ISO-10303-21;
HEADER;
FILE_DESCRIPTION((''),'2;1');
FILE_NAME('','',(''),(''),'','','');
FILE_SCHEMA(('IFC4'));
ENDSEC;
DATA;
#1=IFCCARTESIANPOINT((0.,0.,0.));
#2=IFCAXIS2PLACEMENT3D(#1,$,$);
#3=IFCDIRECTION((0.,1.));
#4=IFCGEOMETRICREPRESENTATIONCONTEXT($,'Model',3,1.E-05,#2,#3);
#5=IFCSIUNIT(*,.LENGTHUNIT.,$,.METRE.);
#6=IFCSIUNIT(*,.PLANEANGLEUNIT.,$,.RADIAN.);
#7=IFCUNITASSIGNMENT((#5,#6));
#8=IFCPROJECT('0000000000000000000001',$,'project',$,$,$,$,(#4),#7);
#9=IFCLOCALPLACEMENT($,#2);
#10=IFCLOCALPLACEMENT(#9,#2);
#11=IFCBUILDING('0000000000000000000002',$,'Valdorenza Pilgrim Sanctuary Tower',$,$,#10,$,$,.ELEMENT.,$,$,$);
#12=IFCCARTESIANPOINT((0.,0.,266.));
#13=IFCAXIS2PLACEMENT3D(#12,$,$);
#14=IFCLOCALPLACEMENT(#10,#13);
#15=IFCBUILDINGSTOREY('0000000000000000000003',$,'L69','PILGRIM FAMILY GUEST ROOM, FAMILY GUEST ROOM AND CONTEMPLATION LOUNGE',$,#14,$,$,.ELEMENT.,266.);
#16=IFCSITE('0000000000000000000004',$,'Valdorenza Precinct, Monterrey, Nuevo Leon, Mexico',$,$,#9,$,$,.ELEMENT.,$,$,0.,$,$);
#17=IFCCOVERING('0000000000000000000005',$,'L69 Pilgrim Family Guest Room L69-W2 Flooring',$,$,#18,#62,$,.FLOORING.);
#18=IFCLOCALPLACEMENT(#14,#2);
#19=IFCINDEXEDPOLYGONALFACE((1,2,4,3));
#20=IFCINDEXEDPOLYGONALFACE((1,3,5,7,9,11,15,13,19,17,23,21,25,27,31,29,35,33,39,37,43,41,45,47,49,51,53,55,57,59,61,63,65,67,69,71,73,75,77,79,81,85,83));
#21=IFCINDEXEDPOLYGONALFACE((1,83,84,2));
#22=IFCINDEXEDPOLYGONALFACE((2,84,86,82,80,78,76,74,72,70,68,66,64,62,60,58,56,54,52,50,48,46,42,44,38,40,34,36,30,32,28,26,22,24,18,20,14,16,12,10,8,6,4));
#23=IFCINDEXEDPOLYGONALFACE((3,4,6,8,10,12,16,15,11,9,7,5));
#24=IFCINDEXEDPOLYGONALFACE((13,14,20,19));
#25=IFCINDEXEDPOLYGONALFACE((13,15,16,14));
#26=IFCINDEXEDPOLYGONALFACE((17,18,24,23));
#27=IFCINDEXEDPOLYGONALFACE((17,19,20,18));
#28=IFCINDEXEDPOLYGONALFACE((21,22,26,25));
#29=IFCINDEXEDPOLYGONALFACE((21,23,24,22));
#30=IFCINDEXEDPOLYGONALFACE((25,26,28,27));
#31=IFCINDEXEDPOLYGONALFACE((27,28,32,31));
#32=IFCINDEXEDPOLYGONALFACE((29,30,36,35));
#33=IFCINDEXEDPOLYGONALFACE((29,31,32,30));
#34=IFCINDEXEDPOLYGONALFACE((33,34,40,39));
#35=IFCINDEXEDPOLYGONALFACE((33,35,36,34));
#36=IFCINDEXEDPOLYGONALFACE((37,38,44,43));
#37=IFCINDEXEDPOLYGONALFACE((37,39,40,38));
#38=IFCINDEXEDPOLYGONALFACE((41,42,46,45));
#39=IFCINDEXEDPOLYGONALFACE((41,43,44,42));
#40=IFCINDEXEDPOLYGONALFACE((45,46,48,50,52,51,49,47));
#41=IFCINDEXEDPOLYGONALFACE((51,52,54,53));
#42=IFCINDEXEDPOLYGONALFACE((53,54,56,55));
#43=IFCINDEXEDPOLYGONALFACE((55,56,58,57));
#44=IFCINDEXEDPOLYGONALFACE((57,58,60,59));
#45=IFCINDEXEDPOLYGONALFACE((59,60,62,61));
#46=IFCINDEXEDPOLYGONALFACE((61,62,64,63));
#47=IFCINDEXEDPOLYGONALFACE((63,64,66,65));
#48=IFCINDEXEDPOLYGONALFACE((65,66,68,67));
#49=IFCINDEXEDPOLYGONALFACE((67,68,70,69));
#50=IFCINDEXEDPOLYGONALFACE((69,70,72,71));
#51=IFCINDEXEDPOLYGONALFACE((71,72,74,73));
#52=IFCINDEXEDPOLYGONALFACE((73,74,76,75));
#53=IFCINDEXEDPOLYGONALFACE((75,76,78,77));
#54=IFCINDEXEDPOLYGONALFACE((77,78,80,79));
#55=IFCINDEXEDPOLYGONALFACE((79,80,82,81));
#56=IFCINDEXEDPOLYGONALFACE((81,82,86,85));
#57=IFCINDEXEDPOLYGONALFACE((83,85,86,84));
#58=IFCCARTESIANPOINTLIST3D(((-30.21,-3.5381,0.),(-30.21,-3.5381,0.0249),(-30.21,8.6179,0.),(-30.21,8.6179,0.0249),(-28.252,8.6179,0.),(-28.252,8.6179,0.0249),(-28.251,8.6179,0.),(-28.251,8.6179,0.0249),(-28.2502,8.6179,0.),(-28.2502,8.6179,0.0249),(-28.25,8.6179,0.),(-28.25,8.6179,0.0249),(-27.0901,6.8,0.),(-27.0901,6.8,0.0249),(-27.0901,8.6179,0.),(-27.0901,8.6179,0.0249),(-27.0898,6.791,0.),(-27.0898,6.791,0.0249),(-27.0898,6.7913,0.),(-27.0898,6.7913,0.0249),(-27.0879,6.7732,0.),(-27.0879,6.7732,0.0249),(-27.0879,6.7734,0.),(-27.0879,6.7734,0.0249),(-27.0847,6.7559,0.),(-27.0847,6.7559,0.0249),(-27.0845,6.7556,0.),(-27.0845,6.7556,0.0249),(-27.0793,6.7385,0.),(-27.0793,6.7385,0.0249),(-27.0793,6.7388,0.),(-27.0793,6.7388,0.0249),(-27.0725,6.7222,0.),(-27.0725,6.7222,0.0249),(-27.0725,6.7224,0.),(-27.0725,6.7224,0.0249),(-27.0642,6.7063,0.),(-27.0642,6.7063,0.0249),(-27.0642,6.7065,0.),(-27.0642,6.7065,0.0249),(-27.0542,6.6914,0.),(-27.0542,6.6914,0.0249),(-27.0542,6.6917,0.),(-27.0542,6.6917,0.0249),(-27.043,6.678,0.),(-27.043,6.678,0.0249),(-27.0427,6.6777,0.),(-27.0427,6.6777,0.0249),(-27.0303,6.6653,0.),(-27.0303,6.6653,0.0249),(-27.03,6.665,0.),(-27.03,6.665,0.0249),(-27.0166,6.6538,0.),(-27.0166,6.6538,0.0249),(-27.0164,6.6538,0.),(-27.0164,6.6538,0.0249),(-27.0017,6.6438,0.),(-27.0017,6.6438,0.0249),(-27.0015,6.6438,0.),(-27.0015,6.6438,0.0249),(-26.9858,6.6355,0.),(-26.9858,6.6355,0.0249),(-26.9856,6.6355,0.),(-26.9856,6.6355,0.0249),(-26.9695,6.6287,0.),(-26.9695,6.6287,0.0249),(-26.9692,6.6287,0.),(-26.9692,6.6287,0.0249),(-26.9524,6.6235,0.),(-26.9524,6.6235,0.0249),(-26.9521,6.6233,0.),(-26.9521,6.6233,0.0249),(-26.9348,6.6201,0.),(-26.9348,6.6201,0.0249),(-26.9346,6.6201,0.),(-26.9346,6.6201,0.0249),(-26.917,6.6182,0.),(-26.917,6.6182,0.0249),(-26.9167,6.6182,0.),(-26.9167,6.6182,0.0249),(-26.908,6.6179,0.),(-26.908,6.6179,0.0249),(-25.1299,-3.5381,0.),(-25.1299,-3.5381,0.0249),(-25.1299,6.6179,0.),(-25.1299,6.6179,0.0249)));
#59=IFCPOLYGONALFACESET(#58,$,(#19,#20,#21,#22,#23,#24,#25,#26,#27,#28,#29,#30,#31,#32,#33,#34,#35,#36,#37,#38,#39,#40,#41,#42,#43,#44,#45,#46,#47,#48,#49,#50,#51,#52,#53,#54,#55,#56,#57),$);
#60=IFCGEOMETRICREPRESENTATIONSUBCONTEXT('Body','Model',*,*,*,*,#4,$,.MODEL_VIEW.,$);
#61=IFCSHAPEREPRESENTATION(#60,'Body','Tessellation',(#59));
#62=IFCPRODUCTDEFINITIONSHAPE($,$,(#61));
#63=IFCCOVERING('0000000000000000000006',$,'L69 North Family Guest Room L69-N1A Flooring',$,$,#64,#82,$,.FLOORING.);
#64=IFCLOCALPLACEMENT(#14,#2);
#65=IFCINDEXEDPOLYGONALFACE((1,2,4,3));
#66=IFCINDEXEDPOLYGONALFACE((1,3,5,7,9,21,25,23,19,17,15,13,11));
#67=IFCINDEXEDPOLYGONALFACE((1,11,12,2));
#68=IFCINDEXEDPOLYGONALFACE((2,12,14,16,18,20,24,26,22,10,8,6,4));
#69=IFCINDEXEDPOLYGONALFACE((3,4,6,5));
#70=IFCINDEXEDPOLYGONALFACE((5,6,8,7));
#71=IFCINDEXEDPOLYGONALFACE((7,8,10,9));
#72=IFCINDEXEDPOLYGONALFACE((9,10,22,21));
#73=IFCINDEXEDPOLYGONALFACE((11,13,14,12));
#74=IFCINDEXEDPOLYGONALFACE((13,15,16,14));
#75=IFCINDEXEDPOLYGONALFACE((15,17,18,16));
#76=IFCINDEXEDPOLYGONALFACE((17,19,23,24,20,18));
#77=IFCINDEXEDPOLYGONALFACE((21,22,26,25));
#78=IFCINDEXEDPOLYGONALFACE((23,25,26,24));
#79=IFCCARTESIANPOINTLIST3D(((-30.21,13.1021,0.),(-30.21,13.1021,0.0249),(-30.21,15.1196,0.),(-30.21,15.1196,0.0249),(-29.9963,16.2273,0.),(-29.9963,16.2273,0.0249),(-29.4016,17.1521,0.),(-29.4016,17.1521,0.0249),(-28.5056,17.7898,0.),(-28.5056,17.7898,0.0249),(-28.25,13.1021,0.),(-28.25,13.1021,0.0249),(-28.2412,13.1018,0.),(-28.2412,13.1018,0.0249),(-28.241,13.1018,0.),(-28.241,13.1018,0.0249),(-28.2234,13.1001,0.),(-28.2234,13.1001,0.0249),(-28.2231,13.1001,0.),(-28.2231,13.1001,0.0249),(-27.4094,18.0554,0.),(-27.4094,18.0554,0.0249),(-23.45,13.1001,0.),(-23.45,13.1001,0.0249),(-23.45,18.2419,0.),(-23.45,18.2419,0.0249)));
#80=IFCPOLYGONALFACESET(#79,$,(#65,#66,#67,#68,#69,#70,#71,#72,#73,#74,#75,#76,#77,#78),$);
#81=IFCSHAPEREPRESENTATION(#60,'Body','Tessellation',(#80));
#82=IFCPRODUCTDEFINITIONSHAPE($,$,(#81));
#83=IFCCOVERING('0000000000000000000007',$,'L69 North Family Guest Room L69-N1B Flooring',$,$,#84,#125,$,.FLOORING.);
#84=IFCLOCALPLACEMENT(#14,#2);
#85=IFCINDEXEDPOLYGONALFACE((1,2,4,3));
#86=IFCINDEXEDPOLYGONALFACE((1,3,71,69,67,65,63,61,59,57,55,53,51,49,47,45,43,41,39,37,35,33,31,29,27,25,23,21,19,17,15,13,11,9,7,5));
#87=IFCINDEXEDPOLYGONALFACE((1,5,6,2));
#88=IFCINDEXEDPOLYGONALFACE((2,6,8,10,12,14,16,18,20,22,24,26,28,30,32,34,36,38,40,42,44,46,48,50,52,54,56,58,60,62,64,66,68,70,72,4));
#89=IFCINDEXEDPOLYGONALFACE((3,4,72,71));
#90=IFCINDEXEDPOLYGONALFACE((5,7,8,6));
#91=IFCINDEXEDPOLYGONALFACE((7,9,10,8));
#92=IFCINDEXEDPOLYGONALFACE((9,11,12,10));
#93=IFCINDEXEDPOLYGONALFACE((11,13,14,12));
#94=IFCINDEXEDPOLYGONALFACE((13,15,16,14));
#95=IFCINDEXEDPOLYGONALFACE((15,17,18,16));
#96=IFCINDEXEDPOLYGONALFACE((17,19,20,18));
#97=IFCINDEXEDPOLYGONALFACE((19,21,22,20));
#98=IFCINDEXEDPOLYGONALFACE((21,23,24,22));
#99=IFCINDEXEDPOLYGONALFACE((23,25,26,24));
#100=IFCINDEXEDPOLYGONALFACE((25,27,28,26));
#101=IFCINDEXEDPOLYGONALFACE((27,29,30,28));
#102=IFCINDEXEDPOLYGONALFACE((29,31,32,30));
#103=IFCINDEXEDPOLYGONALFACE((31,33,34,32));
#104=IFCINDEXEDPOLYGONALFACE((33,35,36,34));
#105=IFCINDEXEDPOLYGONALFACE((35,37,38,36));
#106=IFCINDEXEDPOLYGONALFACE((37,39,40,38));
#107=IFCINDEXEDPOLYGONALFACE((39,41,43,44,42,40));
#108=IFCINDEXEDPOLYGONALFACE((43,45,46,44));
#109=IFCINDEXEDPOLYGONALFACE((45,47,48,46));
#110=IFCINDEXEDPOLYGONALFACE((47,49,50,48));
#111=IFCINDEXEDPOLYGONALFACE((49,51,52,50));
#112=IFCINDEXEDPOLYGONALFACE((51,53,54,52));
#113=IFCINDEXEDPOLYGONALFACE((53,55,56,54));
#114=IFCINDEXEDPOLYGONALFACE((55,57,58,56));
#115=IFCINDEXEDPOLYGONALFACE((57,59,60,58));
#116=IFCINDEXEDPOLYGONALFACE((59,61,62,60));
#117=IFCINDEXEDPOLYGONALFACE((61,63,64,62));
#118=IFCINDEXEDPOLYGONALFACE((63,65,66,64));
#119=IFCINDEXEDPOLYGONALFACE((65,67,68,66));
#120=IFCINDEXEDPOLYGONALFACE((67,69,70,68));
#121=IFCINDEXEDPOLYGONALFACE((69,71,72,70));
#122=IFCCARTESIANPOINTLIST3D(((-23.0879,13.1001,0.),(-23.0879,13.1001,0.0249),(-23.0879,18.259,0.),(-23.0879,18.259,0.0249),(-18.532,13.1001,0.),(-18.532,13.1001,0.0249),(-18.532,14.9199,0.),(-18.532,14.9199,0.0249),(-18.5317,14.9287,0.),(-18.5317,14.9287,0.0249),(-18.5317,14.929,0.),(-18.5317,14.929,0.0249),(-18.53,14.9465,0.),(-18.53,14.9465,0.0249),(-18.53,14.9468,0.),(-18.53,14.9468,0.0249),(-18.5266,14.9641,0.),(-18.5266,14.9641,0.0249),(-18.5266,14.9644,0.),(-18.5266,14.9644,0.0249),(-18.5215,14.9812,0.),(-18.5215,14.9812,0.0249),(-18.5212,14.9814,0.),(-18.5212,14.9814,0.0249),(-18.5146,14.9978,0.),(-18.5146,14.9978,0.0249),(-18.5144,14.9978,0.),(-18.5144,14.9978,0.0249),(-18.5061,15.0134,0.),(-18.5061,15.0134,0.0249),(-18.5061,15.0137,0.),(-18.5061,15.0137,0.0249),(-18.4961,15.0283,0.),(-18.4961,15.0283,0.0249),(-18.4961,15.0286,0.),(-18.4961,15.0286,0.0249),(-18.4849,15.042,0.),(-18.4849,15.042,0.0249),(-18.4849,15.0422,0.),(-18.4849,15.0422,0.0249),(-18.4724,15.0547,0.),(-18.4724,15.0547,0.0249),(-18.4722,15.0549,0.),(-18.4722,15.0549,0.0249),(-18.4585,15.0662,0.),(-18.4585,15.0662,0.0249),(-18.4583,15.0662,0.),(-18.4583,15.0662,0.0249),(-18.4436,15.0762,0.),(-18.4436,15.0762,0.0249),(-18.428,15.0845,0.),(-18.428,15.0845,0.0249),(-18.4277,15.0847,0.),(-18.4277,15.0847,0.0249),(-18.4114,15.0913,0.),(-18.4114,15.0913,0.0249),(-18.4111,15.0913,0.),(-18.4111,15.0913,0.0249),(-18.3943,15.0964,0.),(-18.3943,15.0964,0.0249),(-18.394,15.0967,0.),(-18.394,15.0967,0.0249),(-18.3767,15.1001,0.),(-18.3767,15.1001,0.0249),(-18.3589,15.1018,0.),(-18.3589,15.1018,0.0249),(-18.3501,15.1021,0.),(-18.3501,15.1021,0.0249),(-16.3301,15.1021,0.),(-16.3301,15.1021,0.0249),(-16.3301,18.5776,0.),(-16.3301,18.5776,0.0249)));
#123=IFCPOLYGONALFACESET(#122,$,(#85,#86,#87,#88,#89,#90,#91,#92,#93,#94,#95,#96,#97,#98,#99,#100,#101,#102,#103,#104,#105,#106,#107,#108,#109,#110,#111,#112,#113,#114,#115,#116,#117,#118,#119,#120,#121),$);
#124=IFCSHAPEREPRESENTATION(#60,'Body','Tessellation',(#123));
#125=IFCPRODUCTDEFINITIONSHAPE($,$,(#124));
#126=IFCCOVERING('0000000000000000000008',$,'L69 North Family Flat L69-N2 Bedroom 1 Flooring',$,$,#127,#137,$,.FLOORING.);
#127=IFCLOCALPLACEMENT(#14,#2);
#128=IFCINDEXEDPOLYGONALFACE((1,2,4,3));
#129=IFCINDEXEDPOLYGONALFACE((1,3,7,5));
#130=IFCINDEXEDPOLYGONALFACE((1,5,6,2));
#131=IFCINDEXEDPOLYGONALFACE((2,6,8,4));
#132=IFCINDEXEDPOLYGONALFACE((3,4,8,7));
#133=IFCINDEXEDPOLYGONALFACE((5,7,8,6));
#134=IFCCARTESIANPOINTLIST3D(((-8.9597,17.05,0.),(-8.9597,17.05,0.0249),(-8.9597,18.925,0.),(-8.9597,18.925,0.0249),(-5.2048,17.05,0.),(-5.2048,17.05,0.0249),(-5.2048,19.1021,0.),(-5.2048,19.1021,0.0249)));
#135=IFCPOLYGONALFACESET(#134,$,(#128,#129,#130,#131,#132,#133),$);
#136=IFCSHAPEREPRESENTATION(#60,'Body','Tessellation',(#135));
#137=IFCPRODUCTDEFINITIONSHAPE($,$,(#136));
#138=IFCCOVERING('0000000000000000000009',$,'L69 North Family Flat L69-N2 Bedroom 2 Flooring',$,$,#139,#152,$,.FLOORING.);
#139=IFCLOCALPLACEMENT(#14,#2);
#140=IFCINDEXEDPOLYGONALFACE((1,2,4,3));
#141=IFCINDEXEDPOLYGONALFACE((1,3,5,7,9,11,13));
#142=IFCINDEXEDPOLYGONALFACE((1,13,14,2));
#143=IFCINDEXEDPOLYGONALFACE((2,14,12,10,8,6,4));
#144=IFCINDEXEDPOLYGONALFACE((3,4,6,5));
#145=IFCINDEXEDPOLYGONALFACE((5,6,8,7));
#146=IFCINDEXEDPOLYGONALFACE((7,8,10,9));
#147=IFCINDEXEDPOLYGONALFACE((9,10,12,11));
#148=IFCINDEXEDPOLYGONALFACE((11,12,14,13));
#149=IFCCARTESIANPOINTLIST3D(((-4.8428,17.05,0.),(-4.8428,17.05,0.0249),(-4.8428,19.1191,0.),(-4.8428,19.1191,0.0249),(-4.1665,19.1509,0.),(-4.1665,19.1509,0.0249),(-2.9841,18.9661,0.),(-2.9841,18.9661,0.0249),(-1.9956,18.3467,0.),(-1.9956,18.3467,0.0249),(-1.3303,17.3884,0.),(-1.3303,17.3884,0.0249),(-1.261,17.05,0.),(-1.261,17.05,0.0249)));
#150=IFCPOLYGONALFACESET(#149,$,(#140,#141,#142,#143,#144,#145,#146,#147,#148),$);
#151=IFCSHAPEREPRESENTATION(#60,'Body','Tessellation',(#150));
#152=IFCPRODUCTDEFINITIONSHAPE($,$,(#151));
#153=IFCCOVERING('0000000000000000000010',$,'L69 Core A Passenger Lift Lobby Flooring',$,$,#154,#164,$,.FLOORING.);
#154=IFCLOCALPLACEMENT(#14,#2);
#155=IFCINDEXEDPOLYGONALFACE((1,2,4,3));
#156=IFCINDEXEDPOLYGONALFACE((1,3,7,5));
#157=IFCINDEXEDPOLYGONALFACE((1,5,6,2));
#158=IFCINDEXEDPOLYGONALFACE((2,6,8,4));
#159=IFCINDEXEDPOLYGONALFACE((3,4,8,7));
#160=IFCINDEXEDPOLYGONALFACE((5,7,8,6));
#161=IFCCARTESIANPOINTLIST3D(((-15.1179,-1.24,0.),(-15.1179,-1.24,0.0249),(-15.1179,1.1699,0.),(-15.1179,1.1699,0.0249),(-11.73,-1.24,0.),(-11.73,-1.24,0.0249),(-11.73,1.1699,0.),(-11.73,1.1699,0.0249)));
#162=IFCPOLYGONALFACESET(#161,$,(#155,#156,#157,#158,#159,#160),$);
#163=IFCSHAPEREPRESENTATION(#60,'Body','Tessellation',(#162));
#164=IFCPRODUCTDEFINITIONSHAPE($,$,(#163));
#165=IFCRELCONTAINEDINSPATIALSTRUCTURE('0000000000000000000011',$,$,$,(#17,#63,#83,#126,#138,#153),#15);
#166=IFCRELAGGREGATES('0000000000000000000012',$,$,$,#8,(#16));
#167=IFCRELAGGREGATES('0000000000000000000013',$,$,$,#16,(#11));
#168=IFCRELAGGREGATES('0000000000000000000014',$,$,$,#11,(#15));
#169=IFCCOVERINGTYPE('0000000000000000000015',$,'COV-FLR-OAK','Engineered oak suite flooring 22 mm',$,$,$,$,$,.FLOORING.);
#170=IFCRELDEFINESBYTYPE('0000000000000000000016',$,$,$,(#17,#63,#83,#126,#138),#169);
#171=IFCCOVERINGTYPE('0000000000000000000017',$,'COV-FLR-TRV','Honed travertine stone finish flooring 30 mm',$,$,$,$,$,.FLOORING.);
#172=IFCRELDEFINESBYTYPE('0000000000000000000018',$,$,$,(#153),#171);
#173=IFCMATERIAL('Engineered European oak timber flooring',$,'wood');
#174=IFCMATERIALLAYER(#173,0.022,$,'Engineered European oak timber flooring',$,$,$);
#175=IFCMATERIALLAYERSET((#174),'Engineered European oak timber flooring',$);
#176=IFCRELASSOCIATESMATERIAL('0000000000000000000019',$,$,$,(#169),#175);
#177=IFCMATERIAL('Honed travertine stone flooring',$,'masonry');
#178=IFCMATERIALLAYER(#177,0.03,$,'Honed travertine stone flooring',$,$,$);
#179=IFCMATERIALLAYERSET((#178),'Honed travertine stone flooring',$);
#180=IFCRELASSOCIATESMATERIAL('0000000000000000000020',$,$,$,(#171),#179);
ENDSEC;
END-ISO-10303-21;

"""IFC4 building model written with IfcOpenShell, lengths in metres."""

from ifc_helpers import new_model, si_unit, direction, frame, origin, place, context, subcontext, project, spatial, polyline, outline, extrude, material, layer, layer_set, type_object, element, save


model = new_model("IFC4")

# Units and contexts
model_context = context("Model", 3, precision=1e-05, world=origin(), true_north=direction((0.0, 1.0)))
body_context = subcontext(model_context, "Body", "Model", "MODEL_VIEW")
ifc_project = project(units=[si_unit("LENGTHUNIT", "METRE"), si_unit("PLANEANGLEUNIT", "RADIAN")], contexts=[model_context])

# Site, building, storey
site_placement = place(None, origin())
site = spatial("IfcSite", under=ifc_project, at=site_placement, Name="Valdorenza Precinct, Monterrey, Nuevo Leon, Mexico", CompositionType="ELEMENT", RefElevation=0.0)
building_placement = place(site_placement, origin())
building = spatial("IfcBuilding", under=site, at=building_placement, Name="Valdorenza Pilgrim Sanctuary Tower", CompositionType="ELEMENT")
storey_placement = place(building_placement, frame((0.0, 0.0, 266.0)))
storey = spatial("IfcBuildingStorey", under=building, at=storey_placement, Name="L69", Description="PILGRIM FAMILY GUEST ROOM, FAMILY GUEST ROOM AND CONTEMPLATION LOUNGE", CompositionType="ELEMENT", Elevation=266.0)

# Coverings
ifc_material_1 = material(Name="Engineered European oak timber flooring", Category="wood")
ifc_layer_1 = layer(ifc_material_1, 0.022, Name="Engineered European oak timber flooring")
ifc_layer_set_1 = layer_set([ifc_layer_1], Name="Engineered European oak timber flooring")
covering_type_1 = type_object("IfcCoveringType", Name="COV-FLR-OAK", Description="Engineered oak suite flooring 22 mm", PredefinedType="FLOORING", material=ifc_layer_set_1)
covering_1_placement = place(storey_placement, origin())
element("IfcCovering", 1, at=covering_1_placement, inside=storey, type_object=covering_type_1, Name="L69 Pilgrim Family Guest Room L69-W2 Flooring", PredefinedType="FLOORING", context=body_context, shape_type="SweptSolid", body=[
    extrude(outline(polyline([(-30.21, 8.6179), (-28.252, 8.6179), (-28.251, 8.6179), (-28.2502, 8.6179), (-28.25, 8.6179), (-27.0901, 8.6179), (-27.0901, 6.8), (-27.0898, 6.7913), (-27.0898, 6.791), (-27.0879, 6.7734), (-27.0879, 6.7732), (-27.0847, 6.7559), (-27.0845, 6.7556), (-27.0793, 6.7388), (-27.0793, 6.7385), (-27.0725, 6.7224), (-27.0725, 6.7222), (-27.0642, 6.7065), (-27.0642, 6.7063), (-27.0542, 6.6917), (-27.0542, 6.6914), (-27.043, 6.678), (-27.0427, 6.6777), (-27.0303, 6.6653), (-27.03, 6.665), (-27.0166, 6.6538), (-27.0164, 6.6538), (-27.0017, 6.6438), (-27.0015, 6.6438), (-26.9858, 6.6355), (-26.9856, 6.6355), (-26.9695, 6.6287), (-26.9692, 6.6287), (-26.9524, 6.6235), (-26.9521, 6.6233), (-26.9348, 6.6201), (-26.9346, 6.6201), (-26.917, 6.6182), (-26.9167, 6.6182), (-26.908, 6.6179), (-25.1299, 6.6179), (-25.1299, -3.5381), (-30.21, -3.5381), (-30.21, 8.6179)])), origin(), (0.0, 0.0, 1.0), 0.0249),
])
covering_2_placement = place(storey_placement, origin())
element("IfcCovering", 2, at=covering_2_placement, inside=storey, type_object=covering_type_1, Name="L69 North Family Guest Room L69-N1A Flooring", PredefinedType="FLOORING", context=body_context, shape_type="SweptSolid", body=[
    extrude(outline(polyline([(-29.9963, 16.2273), (-29.4016, 17.1521), (-28.5056, 17.7898), (-27.4094, 18.0554), (-23.45, 18.2419), (-23.45, 13.1001), (-28.2231, 13.1001), (-28.2231, 13.1001), (-28.2234, 13.1001), (-28.241, 13.1018), (-28.2412, 13.1018), (-28.25, 13.1021), (-30.21, 13.1021), (-30.21, 15.1196), (-29.9963, 16.2273)])), origin(), (0.0, 0.0, 1.0), 0.0249),
])
covering_3_placement = place(storey_placement, origin())
element("IfcCovering", 3, at=covering_3_placement, inside=storey, type_object=covering_type_1, Name="L69 North Family Guest Room L69-N1B Flooring", PredefinedType="FLOORING", context=body_context, shape_type="SweptSolid", body=[
    extrude(outline(polyline([(-16.3301, 18.5776), (-16.3301, 15.1021), (-18.3501, 15.1021), (-18.3589, 15.1018), (-18.3589, 15.1018), (-18.3767, 15.1001), (-18.3767, 15.1001), (-18.394, 15.0967), (-18.3943, 15.0964), (-18.4111, 15.0913), (-18.4114, 15.0913), (-18.4277, 15.0847), (-18.428, 15.0845), (-18.4436, 15.0762), (-18.4436, 15.0762), (-18.4583, 15.0662), (-18.4585, 15.0662), (-18.4722, 15.0549), (-18.4724, 15.0547), (-18.4849, 15.0422), (-18.4849, 15.042), (-18.4961, 15.0286), (-18.4961, 15.0283), (-18.5061, 15.0137), (-18.5061, 15.0134), (-18.5144, 14.9978), (-18.5146, 14.9978), (-18.5212, 14.9814), (-18.5215, 14.9812), (-18.5266, 14.9644), (-18.5266, 14.9641), (-18.53, 14.9468), (-18.53, 14.9465), (-18.5317, 14.929), (-18.5317, 14.9287), (-18.532, 14.9199), (-18.532, 13.1001), (-23.0879, 13.1001), (-23.0879, 18.259), (-16.3301, 18.5776)])), origin(), (0.0, 0.0, 1.0), 0.0249),
])
covering_4_placement = place(storey_placement, origin())
element("IfcCovering", 4, at=covering_4_placement, inside=storey, type_object=covering_type_1, Name="L69 North Family Flat L69-N2 Bedroom 1 Flooring", PredefinedType="FLOORING", context=body_context, shape_type="SweptSolid", body=[
    extrude(outline(polyline([(-8.9597, 17.05), (-8.9597, 18.925), (-5.2048, 19.1021), (-5.2048, 17.05), (-8.9597, 17.05)])), origin(), (0.0, 0.0, 1.0), 0.0249),
])
covering_5_placement = place(storey_placement, origin())
element("IfcCovering", 5, at=covering_5_placement, inside=storey, type_object=covering_type_1, Name="L69 North Family Flat L69-N2 Bedroom 2 Flooring", PredefinedType="FLOORING", context=body_context, shape_type="SweptSolid", body=[
    extrude(outline(polyline([(-4.1665, 19.1509), (-2.9841, 18.9661), (-1.9956, 18.3467), (-1.3303, 17.3884), (-1.261, 17.05), (-4.8428, 17.05), (-4.8428, 19.1191), (-4.1665, 19.1509)])), origin(), (0.0, 0.0, 1.0), 0.0249),
])
ifc_material_2 = material(Name="Honed travertine stone flooring", Category="masonry")
ifc_layer_2 = layer(ifc_material_2, 0.03, Name="Honed travertine stone flooring")
ifc_layer_set_2 = layer_set([ifc_layer_2], Name="Honed travertine stone flooring")
covering_type_2 = type_object("IfcCoveringType", Name="COV-FLR-TRV", Description="Honed travertine stone finish flooring 30 mm", PredefinedType="FLOORING", material=ifc_layer_set_2)
covering_6_placement = place(storey_placement, origin())
element("IfcCovering", 6, at=covering_6_placement, inside=storey, type_object=covering_type_2, Name="L69 Core A Passenger Lift Lobby Flooring", PredefinedType="FLOORING", context=body_context, shape_type="SweptSolid", body=[
    extrude(outline(polyline([(-15.1179, 1.1699), (-11.73, 1.1699), (-11.73, -1.24), (-15.1179, -1.24), (-15.1179, 1.1699)])), origin(), (0.0, 0.0, 1.0), 0.0249),
])

save(model, "model.ifc")
